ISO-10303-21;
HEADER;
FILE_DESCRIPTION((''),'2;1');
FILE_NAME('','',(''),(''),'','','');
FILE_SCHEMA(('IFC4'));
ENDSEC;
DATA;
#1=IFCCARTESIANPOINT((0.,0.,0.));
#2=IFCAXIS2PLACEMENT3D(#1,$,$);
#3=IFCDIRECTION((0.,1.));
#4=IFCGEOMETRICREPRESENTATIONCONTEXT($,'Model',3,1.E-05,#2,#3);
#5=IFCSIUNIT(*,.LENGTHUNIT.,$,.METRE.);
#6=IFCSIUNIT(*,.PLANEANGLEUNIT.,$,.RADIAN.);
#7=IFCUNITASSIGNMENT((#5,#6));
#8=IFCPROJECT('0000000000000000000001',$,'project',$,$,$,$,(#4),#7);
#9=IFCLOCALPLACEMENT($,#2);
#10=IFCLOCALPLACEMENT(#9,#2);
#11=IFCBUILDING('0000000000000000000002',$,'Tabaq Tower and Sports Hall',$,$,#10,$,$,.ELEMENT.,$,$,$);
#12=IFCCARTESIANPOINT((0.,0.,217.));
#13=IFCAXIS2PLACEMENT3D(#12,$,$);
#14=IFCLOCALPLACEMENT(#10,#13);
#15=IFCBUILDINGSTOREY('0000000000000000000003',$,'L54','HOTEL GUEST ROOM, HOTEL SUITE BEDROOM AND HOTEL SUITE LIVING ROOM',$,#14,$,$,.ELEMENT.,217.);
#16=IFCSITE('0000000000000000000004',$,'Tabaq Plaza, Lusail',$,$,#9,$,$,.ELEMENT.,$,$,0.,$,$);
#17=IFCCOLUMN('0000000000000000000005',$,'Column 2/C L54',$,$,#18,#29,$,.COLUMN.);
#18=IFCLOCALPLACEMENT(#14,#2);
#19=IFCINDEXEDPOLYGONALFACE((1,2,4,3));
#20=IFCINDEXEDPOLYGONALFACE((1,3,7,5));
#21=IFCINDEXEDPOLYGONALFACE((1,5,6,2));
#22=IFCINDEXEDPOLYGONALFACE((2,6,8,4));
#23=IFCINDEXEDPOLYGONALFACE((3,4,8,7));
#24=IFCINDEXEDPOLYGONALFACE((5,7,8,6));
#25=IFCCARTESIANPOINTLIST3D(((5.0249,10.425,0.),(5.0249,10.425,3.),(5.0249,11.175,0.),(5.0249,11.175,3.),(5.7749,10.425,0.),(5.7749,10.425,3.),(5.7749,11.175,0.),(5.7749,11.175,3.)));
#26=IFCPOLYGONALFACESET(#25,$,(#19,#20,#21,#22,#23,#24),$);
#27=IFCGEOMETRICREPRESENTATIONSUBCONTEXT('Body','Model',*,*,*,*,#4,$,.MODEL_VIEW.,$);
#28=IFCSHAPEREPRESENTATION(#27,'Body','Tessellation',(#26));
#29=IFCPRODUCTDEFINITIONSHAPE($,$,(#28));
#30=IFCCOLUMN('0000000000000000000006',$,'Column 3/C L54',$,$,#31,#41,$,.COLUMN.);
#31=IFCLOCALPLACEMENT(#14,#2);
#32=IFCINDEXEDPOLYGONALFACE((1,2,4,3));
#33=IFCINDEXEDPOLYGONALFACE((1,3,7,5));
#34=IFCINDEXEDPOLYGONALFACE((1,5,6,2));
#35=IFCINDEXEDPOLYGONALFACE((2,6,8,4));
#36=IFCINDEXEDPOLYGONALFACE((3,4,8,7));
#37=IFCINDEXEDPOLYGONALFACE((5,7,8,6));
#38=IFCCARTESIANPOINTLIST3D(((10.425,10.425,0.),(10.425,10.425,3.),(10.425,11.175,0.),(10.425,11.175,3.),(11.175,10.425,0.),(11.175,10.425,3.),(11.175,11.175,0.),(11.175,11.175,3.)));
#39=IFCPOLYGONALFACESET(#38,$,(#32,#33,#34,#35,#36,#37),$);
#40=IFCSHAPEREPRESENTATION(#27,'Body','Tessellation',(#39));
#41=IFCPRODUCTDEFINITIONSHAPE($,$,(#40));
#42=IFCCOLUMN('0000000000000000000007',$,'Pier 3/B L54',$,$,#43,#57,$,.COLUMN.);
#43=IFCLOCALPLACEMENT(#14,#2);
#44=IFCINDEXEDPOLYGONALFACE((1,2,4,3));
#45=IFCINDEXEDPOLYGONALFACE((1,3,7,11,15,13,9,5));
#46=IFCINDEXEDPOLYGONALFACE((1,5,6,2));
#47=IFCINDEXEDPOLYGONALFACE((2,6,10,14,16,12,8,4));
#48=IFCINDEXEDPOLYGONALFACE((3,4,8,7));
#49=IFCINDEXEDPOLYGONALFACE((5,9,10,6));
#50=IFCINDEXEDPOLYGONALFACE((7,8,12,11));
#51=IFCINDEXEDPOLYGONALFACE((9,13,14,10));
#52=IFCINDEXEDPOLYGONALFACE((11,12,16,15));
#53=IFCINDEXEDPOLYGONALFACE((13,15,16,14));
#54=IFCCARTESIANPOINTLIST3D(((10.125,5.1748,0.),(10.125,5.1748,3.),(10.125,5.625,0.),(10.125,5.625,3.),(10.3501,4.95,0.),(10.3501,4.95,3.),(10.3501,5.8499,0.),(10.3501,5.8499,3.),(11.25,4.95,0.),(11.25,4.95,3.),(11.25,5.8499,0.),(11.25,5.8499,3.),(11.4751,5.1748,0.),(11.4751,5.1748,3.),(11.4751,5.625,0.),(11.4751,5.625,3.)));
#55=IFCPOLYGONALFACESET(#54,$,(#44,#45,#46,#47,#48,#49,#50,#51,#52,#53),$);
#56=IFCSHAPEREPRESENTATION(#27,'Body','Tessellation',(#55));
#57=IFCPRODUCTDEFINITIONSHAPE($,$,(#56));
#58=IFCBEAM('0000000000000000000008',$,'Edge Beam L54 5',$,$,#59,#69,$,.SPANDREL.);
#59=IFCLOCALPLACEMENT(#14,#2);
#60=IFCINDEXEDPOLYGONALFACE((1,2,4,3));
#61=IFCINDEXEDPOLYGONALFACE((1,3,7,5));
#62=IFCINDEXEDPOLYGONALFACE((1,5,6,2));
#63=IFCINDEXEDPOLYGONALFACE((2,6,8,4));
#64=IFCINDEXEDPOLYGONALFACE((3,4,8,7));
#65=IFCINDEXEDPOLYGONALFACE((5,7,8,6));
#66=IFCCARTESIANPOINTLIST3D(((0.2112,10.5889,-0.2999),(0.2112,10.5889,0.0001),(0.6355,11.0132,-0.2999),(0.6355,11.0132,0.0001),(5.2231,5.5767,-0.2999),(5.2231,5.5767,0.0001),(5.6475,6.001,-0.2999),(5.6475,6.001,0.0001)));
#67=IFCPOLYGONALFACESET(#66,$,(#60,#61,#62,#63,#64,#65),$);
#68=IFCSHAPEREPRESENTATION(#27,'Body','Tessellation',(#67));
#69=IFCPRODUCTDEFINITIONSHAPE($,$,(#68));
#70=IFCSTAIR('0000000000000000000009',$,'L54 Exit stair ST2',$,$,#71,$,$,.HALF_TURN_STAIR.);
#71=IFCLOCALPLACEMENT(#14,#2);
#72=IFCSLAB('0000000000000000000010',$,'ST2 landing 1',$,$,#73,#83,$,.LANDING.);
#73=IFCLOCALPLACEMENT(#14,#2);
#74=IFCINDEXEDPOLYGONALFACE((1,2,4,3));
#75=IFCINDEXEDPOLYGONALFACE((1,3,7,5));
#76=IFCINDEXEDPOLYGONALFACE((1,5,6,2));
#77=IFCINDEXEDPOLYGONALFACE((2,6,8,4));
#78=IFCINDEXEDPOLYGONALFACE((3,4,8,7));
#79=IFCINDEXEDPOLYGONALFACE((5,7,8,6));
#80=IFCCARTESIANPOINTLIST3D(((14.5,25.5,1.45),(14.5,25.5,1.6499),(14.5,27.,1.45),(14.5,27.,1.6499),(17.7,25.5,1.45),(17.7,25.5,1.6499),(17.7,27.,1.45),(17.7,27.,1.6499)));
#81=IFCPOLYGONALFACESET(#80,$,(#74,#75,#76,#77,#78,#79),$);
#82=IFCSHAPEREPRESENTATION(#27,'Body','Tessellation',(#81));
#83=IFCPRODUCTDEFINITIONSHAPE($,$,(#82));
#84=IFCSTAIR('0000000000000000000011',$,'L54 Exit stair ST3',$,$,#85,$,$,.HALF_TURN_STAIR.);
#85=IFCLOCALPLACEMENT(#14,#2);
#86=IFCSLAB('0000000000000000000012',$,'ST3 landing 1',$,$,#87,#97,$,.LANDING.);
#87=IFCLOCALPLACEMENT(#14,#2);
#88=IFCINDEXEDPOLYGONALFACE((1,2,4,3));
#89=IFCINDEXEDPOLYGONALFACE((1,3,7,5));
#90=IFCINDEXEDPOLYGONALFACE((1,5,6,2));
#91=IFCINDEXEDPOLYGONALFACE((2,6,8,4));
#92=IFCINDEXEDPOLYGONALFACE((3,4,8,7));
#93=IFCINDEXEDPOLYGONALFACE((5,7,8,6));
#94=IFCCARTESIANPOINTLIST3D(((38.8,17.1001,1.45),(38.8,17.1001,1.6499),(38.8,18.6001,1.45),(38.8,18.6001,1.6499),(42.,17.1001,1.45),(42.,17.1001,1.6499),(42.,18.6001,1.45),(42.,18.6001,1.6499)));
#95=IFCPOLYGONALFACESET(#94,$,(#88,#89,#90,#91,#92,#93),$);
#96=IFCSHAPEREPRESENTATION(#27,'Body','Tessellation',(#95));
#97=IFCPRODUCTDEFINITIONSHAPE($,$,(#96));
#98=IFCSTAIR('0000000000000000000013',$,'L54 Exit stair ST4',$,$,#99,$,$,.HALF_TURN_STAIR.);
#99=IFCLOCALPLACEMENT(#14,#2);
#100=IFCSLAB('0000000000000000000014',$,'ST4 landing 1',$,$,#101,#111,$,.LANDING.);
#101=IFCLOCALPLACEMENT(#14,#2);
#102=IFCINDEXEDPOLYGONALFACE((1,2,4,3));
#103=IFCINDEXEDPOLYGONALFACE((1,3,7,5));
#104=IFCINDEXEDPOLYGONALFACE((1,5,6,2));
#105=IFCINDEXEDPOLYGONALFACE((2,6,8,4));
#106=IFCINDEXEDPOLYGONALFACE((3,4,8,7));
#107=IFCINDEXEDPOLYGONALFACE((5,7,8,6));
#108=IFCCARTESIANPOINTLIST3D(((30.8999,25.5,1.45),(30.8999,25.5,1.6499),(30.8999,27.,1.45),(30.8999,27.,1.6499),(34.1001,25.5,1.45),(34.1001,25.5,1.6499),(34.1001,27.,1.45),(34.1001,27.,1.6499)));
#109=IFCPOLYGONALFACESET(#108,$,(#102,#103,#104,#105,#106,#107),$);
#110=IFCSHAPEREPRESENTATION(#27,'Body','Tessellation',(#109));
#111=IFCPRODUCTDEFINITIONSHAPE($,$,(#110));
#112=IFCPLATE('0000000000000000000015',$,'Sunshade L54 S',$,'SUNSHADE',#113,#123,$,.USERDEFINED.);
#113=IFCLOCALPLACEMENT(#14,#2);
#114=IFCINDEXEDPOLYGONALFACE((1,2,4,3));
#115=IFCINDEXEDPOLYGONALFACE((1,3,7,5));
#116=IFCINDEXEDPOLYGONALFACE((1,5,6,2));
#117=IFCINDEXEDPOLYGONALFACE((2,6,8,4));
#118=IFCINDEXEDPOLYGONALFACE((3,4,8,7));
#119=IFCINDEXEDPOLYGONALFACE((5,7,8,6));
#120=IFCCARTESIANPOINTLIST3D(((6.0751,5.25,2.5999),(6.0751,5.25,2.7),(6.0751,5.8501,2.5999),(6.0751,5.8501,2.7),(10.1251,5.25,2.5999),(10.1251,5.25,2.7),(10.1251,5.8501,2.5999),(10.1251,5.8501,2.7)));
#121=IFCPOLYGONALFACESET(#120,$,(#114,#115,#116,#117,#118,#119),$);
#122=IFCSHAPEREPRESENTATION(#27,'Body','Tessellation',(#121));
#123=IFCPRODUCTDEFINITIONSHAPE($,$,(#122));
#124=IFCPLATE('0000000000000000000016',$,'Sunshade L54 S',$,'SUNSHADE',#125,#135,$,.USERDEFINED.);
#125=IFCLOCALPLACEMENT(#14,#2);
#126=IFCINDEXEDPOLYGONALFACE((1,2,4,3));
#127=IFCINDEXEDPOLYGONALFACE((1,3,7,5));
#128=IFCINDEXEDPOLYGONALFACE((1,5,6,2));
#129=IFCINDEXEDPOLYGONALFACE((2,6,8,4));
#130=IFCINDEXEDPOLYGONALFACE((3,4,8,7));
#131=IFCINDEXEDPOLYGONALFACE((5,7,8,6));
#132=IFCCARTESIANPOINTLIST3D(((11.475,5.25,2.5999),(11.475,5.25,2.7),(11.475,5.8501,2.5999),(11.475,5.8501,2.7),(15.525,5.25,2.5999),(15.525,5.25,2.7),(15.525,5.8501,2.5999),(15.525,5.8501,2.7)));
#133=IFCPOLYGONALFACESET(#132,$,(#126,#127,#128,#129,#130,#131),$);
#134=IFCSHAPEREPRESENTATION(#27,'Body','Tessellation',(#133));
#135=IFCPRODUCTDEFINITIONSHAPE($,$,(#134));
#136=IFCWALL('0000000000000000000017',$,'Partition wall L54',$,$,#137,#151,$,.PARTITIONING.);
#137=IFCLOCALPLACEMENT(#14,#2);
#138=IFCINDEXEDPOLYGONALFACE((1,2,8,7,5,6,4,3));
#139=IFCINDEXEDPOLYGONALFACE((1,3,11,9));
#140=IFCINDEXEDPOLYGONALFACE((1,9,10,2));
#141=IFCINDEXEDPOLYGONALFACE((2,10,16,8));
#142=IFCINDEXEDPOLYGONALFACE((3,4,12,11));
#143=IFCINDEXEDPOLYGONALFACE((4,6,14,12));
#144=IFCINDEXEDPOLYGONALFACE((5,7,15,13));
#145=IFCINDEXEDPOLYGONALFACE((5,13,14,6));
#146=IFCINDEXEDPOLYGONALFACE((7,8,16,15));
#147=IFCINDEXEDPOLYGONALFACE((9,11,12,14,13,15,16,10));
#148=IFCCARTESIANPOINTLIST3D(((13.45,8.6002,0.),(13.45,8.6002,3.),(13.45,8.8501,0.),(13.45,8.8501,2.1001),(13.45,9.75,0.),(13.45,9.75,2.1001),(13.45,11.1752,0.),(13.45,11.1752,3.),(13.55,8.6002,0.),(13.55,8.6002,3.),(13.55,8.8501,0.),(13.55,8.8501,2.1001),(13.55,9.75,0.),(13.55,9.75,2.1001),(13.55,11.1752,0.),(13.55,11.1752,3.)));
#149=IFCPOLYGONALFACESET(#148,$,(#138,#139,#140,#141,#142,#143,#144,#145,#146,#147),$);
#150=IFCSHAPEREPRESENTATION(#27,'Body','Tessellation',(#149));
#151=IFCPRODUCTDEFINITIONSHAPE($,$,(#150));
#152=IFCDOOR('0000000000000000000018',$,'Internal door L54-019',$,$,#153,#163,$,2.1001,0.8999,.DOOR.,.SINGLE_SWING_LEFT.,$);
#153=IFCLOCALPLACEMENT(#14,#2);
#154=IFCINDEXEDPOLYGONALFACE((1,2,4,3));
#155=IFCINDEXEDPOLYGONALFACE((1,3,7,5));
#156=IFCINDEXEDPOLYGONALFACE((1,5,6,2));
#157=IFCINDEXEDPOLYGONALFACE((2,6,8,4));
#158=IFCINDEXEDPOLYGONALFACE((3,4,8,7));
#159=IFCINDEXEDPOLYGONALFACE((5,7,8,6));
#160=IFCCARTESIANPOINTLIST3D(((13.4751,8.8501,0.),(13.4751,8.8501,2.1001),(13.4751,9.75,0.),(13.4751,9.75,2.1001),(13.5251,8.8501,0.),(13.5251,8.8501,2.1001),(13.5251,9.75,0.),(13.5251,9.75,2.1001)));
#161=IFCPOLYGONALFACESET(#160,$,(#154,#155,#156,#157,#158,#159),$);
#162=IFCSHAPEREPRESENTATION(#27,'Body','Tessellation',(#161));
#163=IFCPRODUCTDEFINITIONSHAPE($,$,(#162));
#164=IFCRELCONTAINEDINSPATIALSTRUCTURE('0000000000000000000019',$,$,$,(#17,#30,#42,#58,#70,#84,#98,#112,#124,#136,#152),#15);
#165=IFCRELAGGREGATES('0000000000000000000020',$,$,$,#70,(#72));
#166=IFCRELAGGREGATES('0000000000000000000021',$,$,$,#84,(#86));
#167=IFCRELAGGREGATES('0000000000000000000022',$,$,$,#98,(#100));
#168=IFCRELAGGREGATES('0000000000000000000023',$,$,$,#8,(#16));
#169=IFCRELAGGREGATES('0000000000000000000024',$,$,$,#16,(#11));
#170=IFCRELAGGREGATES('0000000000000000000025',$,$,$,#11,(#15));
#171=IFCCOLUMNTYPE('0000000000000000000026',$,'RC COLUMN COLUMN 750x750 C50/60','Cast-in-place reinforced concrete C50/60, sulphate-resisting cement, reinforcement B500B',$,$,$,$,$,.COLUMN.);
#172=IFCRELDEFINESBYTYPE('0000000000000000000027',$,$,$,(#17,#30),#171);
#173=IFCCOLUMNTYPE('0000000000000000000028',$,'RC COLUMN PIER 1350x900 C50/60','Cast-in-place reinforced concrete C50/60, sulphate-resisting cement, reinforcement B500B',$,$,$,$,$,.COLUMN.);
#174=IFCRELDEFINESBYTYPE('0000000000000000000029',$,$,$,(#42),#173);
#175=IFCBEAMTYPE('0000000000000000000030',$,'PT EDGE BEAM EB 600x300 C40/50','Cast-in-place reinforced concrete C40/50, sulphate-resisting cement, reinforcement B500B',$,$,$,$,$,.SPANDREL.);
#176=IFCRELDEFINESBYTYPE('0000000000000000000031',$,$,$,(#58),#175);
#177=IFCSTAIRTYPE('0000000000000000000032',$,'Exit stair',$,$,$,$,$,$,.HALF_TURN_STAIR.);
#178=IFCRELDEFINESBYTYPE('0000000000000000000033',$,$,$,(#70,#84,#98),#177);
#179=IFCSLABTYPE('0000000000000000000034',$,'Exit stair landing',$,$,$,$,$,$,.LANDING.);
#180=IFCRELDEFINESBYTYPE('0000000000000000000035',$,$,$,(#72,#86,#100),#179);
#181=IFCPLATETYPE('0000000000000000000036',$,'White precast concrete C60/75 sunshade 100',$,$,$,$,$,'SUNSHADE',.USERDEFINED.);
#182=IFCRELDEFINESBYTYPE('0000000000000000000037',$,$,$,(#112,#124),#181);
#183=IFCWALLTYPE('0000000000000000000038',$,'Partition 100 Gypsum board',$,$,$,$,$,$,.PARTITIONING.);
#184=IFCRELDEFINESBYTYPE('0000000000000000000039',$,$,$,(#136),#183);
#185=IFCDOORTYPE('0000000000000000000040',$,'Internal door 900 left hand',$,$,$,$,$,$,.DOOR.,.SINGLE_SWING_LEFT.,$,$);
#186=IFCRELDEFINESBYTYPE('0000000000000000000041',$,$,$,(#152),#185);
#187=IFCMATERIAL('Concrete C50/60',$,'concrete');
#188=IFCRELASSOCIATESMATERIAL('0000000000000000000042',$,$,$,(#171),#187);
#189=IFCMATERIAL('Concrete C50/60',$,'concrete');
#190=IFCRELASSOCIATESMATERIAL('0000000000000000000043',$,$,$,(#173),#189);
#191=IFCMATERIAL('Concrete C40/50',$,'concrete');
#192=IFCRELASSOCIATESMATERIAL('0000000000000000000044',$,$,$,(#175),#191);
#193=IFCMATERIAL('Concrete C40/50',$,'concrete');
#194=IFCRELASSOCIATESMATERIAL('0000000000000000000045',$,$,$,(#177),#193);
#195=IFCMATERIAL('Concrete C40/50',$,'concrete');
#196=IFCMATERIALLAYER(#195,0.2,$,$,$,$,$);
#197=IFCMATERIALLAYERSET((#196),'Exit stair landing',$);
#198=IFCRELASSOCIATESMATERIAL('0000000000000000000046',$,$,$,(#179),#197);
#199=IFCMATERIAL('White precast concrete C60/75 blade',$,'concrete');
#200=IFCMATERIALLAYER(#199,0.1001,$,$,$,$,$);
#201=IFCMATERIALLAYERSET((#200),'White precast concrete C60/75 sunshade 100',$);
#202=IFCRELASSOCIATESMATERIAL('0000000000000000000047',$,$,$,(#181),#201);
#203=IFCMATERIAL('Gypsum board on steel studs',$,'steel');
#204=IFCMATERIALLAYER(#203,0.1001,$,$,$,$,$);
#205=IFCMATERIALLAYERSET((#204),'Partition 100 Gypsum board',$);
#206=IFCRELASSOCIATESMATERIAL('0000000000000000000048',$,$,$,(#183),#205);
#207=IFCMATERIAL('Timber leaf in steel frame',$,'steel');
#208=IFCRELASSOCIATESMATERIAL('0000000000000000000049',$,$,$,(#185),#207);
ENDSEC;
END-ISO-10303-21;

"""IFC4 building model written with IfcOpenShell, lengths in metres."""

from ifc_helpers import new_model, si_unit, direction, frame, frame_2d, origin, origin_2d, place, context, subcontext, project, spatial, polyline, rectangle, outline, extrude, material, layer, layer_set, material_profile, profile_set, type_object, element, fill, aggregate, save


model = new_model("IFC4")

# Units and contexts
model_context = context("Model", 3, precision=1e-05, world=origin(), true_north=direction((0.0, 1.0)))
body_context = subcontext(model_context, "Body", "Model", "MODEL_VIEW")
ifc_project = project(units=[si_unit("LENGTHUNIT", "METRE"), si_unit("PLANEANGLEUNIT", "RADIAN")], contexts=[model_context])

# Site, building, storey
site_placement = place(None, origin())
site = spatial("IfcSite", under=ifc_project, at=site_placement, Name="Tabaq Plaza, Lusail", CompositionType="ELEMENT", RefElevation=0.0)
building_placement = place(site_placement, origin())
building = spatial("IfcBuilding", under=site, at=building_placement, Name="Tabaq Tower and Sports Hall", CompositionType="ELEMENT")
storey_placement = place(building_placement, frame((0.0, 0.0, 217.0)))
storey = spatial("IfcBuildingStorey", under=building, at=storey_placement, Name="L54", Description="HOTEL GUEST ROOM, HOTEL SUITE BEDROOM AND HOTEL SUITE LIVING ROOM", CompositionType="ELEMENT", Elevation=217.0)

# Columns
ifc_material_1 = material(Name="Concrete C50/60", Category="concrete")
ifc_material_profile_1 = material_profile(ifc_material_1, rectangle(XDim=0.75, YDim=0.75, at=origin_2d()), Name="COLUMN 750x750")
ifc_profile_set_1 = profile_set([ifc_material_profile_1], Name="Concrete C50/60")
column_type_1 = type_object("IfcColumnType", Name="RC COLUMN COLUMN 750x750 C50/60", Description="Cast-in-place reinforced concrete C50/60, sulphate-resisting cement, reinforcement B500B", PredefinedType="COLUMN", material=ifc_profile_set_1)
for number, where, z_axis, x_axis, name in (
    (1, (5.3999, 10.8, 0.0), (0.0, 0.0, 1.0), (1.0, 0.0, 0.0), "Column 2/C L54"),
    (2, (10.8, 10.8, 0.0), (0.0, 0.0, 1.0), (1.0, 0.0, 0.0), "Column 3/C L54"),
):
    element("IfcColumn", number, at=place(storey_placement, frame(where, z_axis=z_axis, x_axis=x_axis)), inside=storey, type_object=column_type_1, Name=name, PredefinedType="COLUMN", context=body_context, shape_type="SweptSolid", body=[
        extrude(rectangle(XDim=0.75, YDim=0.75, at=origin_2d()), origin(), (0.0, 0.0, 1.0), 3.0),
    ])
ifc_material_2 = material(Name="Concrete C50/60", Category="concrete")
ifc_material_profile_2 = material_profile(ifc_material_2, outline(polyline([(-0.45, -0.45), (0.45, -0.45), (0.675, -0.2251), (0.675, 0.2251), (0.45, 0.45), (-0.45, 0.45), (-0.675, 0.2251), (-0.675, -0.2251), (-0.45, -0.45)])), Name="PIER 1350x900")
ifc_profile_set_2 = profile_set([ifc_material_profile_2], Name="Concrete C50/60")
column_type_2 = type_object("IfcColumnType", Name="RC COLUMN PIER 1350x900 C50/60", Description="Cast-in-place reinforced concrete C50/60, sulphate-resisting cement, reinforcement B500B", PredefinedType="COLUMN", material=ifc_profile_set_2)
column_placement = place(storey_placement, frame((10.8, 5.3999, 0.0), z_axis=(0.0, 0.0, 1.0), x_axis=(1.0, 0.0, 0.0)))
element("IfcColumn", 3, at=column_placement, inside=storey, type_object=column_type_2, Name="Pier 3/B L54", PredefinedType="COLUMN", context=body_context, shape_type="SweptSolid", body=[
    extrude(outline(polyline([(-0.45, -0.45), (0.45, -0.45), (0.675, -0.2251), (0.675, 0.2251), (0.45, 0.45), (-0.45, 0.45), (-0.675, 0.2251), (-0.675, -0.2251), (-0.45, -0.45)])), origin(), (0.0, 0.0, 1.0), 3.0),
])

# Beam
ifc_material_3 = material(Name="Concrete C40/50", Category="concrete")
ifc_material_profile_3 = material_profile(ifc_material_3, rectangle(XDim=0.6001, YDim=0.3, at=origin_2d()), Name="EB 600x300")
ifc_profile_set_3 = profile_set([ifc_material_profile_3], Name="Concrete C40/50")
beam_type = type_object("IfcBeamType", Name="PT EDGE BEAM EB 600x300 C40/50", Description="Cast-in-place reinforced concrete C40/50, sulphate-resisting cement, reinforcement B500B", PredefinedType="SPANDREL", material=ifc_profile_set_3)
beam_placement = place(storey_placement, frame((0.4233, 10.801, -0.1499), z_axis=(0.70709, -0.707124, 0.0), x_axis=(0.707124, 0.70709, 0.0)))
element("IfcBeam", 4, at=beam_placement, inside=storey, type_object=beam_type, Name="Edge Beam L54 5", PredefinedType="SPANDREL", context=body_context, shape_type="SweptSolid", body=[
    extrude(rectangle(XDim=0.6001, YDim=0.3, at=origin_2d()), origin(), (0.0, 0.0, 1.0), 7.0881),
])

# Stairs, slabs
ifc_material_4 = material(Name="Concrete C40/50", Category="concrete")
stair_type = type_object("IfcStairType", Name="Exit stair", PredefinedType="HALF_TURN_STAIR", material=ifc_material_4)
stair_1_placement = place(storey_placement, origin())
stair_1 = element("IfcStair", 5, at=stair_1_placement, inside=storey, type_object=stair_type, Name="L54 Exit stair ST2", PredefinedType="HALF_TURN_STAIR")
ifc_material_5 = material(Name="Concrete C40/50", Category="concrete")
ifc_layer_1 = layer(ifc_material_5, 0.2)
ifc_layer_set_1 = layer_set([ifc_layer_1], Name="Exit stair landing")
slab_type = type_object("IfcSlabType", Name="Exit stair landing", PredefinedType="LANDING", material=ifc_layer_set_1)
slab_1_placement = place(storey_placement, frame((0.0, 0.0, 1.45)))
slab_1 = element("IfcSlab", 6, at=slab_1_placement, type_object=slab_type, Name="ST2 landing 1", PredefinedType="LANDING", context=body_context, shape_type="SweptSolid", body=[
    extrude(outline(polyline([(14.5, 27.0), (14.5, 25.5), (17.7, 25.5), (17.7, 27.0), (14.5, 27.0)])), origin(), (0.0, 0.0, 1.0), 0.2),
])
aggregate(stair_1, [slab_1])
stair_2_placement = place(storey_placement, origin())
stair_2 = element("IfcStair", 7, at=stair_2_placement, inside=storey, type_object=stair_type, Name="L54 Exit stair ST3", PredefinedType="HALF_TURN_STAIR")
slab_2_placement = place(storey_placement, frame((0.0, 0.0, 1.45)))
slab_2 = element("IfcSlab", 8, at=slab_2_placement, type_object=slab_type, Name="ST3 landing 1", PredefinedType="LANDING", context=body_context, shape_type="SweptSolid", body=[
    extrude(outline(polyline([(38.8, 18.6001), (38.8, 17.1001), (42.0, 17.1001), (42.0, 18.6001), (38.8, 18.6001)])), origin(), (0.0, 0.0, 1.0), 0.2),
])
aggregate(stair_2, [slab_2])
stair_3_placement = place(storey_placement, origin())
stair_3 = element("IfcStair", 9, at=stair_3_placement, inside=storey, type_object=stair_type, Name="L54 Exit stair ST4", PredefinedType="HALF_TURN_STAIR")
slab_3_placement = place(storey_placement, frame((0.0, 0.0, 1.45)))
slab_3 = element("IfcSlab", 10, at=slab_3_placement, type_object=slab_type, Name="ST4 landing 1", PredefinedType="LANDING", context=body_context, shape_type="SweptSolid", body=[
    extrude(outline(polyline([(30.8999, 27.0), (30.8999, 25.5), (34.1001, 25.5), (34.1001, 27.0), (30.8999, 27.0)])), origin(), (0.0, 0.0, 1.0), 0.2),
])
aggregate(stair_3, [slab_3])

# Plates
ifc_material_6 = material(Name="White precast concrete C60/75 blade", Category="concrete")
ifc_layer_2 = layer(ifc_material_6, 0.1001)
ifc_layer_set_2 = layer_set([ifc_layer_2], Name="White precast concrete C60/75 sunshade 100")
plate_type = type_object("IfcPlateType", Name="White precast concrete C60/75 sunshade 100", ElementType="SUNSHADE", PredefinedType="USERDEFINED", material=ifc_layer_set_2)
for number, where, z_axis, x_axis, name in (
    (11, (8.1001, 5.55, 2.5999), (0.0, 0.0, 1.0), (1.0, 0.0, 0.0), "Sunshade L54 S"),
    (12, (13.5, 5.55, 2.5999), (0.0, 0.0, 1.0), (1.0, 0.0, 0.0), "Sunshade L54 S"),
):
    element("IfcPlate", number, at=place(storey_placement, frame(where, z_axis=z_axis, x_axis=x_axis)), inside=storey, type_object=plate_type, Name=name, ObjectType="SUNSHADE", PredefinedType="USERDEFINED", context=body_context, shape_type="SweptSolid", body=[
        extrude(rectangle(XDim=4.05, YDim=0.6001, at=origin_2d()), origin(), (0.0, 0.0, 1.0), 0.1001),
    ])

# Wall, opening, door
ifc_material_7 = material(Name="Gypsum board on steel studs", Category="steel")
ifc_layer_3 = layer(ifc_material_7, 0.1001)
ifc_layer_set_3 = layer_set([ifc_layer_3], Name="Partition 100 Gypsum board")
wall_type_1 = type_object("IfcWallType", Name="Partition 100 Gypsum board", PredefinedType="PARTITIONING", material=ifc_layer_set_3)
wall_1_placement = place(storey_placement, frame((13.5, 8.6001, 0.0), z_axis=(0.0, 0.0, 1.0), x_axis=(0.0, 1.0, 0.0)))
wall_1 = element("IfcWall", 13, at=wall_1_placement, inside=storey, type_object=wall_type_1, Name="Partition wall L54", PredefinedType="PARTITIONING", context=body_context, shape_type="SweptSolid", body=[
    extrude(rectangle(XDim=2.575, YDim=0.1001, at=frame_2d((1.2876, 0.0))), origin(), (0.0, 0.0, 1.0), 3.0),
])
opening_1_placement = place(wall_1_placement, frame((0.25, 0.0, 0.0)))
opening_1 = element("IfcOpeningElement", 14, at=opening_1_placement, cuts=wall_1, PredefinedType="OPENING", context=body_context, shape_type="SweptSolid", body=[
    extrude(rectangle(XDim=0.8999, YDim=2.1001, at=frame_2d((0.45, 1.05))), frame((0.0, 0.05, 0.0), z_axis=(0.0, -1.0, 0.0), x_axis=(1.0, 0.0, 0.0)), (0.0, 0.0, 1.0), 0.1001),
])
ifc_material_8 = material(Name="Timber leaf in steel frame", Category="steel")
door_type_1 = type_object("IfcDoorType", Name="Internal door 900 left hand", OperationType="SINGLE_SWING_LEFT", PredefinedType="DOOR", material=ifc_material_8)
door_1_placement = place(opening_1_placement, origin())
door_1 = element("IfcDoor", 15, at=door_1_placement, inside=storey, type_object=door_type_1, Name="Internal door L54-019", OperationType="SINGLE_SWING_LEFT", OverallHeight=2.1001, OverallWidth=0.8999, PredefinedType="DOOR", context=body_context, shape_type="SweptSolid", body=[
    extrude(rectangle(XDim=0.8999, YDim=2.1001, at=frame_2d((0.45, 1.05))), frame((0.0, 0.0249, 0.0), z_axis=(0.0, -1.0, 0.0), x_axis=(1.0, 0.0, 0.0)), (0.0, 0.0, 1.0), 0.05),
])
fill(opening_1, door_1)

save(model, "model.ifc")
